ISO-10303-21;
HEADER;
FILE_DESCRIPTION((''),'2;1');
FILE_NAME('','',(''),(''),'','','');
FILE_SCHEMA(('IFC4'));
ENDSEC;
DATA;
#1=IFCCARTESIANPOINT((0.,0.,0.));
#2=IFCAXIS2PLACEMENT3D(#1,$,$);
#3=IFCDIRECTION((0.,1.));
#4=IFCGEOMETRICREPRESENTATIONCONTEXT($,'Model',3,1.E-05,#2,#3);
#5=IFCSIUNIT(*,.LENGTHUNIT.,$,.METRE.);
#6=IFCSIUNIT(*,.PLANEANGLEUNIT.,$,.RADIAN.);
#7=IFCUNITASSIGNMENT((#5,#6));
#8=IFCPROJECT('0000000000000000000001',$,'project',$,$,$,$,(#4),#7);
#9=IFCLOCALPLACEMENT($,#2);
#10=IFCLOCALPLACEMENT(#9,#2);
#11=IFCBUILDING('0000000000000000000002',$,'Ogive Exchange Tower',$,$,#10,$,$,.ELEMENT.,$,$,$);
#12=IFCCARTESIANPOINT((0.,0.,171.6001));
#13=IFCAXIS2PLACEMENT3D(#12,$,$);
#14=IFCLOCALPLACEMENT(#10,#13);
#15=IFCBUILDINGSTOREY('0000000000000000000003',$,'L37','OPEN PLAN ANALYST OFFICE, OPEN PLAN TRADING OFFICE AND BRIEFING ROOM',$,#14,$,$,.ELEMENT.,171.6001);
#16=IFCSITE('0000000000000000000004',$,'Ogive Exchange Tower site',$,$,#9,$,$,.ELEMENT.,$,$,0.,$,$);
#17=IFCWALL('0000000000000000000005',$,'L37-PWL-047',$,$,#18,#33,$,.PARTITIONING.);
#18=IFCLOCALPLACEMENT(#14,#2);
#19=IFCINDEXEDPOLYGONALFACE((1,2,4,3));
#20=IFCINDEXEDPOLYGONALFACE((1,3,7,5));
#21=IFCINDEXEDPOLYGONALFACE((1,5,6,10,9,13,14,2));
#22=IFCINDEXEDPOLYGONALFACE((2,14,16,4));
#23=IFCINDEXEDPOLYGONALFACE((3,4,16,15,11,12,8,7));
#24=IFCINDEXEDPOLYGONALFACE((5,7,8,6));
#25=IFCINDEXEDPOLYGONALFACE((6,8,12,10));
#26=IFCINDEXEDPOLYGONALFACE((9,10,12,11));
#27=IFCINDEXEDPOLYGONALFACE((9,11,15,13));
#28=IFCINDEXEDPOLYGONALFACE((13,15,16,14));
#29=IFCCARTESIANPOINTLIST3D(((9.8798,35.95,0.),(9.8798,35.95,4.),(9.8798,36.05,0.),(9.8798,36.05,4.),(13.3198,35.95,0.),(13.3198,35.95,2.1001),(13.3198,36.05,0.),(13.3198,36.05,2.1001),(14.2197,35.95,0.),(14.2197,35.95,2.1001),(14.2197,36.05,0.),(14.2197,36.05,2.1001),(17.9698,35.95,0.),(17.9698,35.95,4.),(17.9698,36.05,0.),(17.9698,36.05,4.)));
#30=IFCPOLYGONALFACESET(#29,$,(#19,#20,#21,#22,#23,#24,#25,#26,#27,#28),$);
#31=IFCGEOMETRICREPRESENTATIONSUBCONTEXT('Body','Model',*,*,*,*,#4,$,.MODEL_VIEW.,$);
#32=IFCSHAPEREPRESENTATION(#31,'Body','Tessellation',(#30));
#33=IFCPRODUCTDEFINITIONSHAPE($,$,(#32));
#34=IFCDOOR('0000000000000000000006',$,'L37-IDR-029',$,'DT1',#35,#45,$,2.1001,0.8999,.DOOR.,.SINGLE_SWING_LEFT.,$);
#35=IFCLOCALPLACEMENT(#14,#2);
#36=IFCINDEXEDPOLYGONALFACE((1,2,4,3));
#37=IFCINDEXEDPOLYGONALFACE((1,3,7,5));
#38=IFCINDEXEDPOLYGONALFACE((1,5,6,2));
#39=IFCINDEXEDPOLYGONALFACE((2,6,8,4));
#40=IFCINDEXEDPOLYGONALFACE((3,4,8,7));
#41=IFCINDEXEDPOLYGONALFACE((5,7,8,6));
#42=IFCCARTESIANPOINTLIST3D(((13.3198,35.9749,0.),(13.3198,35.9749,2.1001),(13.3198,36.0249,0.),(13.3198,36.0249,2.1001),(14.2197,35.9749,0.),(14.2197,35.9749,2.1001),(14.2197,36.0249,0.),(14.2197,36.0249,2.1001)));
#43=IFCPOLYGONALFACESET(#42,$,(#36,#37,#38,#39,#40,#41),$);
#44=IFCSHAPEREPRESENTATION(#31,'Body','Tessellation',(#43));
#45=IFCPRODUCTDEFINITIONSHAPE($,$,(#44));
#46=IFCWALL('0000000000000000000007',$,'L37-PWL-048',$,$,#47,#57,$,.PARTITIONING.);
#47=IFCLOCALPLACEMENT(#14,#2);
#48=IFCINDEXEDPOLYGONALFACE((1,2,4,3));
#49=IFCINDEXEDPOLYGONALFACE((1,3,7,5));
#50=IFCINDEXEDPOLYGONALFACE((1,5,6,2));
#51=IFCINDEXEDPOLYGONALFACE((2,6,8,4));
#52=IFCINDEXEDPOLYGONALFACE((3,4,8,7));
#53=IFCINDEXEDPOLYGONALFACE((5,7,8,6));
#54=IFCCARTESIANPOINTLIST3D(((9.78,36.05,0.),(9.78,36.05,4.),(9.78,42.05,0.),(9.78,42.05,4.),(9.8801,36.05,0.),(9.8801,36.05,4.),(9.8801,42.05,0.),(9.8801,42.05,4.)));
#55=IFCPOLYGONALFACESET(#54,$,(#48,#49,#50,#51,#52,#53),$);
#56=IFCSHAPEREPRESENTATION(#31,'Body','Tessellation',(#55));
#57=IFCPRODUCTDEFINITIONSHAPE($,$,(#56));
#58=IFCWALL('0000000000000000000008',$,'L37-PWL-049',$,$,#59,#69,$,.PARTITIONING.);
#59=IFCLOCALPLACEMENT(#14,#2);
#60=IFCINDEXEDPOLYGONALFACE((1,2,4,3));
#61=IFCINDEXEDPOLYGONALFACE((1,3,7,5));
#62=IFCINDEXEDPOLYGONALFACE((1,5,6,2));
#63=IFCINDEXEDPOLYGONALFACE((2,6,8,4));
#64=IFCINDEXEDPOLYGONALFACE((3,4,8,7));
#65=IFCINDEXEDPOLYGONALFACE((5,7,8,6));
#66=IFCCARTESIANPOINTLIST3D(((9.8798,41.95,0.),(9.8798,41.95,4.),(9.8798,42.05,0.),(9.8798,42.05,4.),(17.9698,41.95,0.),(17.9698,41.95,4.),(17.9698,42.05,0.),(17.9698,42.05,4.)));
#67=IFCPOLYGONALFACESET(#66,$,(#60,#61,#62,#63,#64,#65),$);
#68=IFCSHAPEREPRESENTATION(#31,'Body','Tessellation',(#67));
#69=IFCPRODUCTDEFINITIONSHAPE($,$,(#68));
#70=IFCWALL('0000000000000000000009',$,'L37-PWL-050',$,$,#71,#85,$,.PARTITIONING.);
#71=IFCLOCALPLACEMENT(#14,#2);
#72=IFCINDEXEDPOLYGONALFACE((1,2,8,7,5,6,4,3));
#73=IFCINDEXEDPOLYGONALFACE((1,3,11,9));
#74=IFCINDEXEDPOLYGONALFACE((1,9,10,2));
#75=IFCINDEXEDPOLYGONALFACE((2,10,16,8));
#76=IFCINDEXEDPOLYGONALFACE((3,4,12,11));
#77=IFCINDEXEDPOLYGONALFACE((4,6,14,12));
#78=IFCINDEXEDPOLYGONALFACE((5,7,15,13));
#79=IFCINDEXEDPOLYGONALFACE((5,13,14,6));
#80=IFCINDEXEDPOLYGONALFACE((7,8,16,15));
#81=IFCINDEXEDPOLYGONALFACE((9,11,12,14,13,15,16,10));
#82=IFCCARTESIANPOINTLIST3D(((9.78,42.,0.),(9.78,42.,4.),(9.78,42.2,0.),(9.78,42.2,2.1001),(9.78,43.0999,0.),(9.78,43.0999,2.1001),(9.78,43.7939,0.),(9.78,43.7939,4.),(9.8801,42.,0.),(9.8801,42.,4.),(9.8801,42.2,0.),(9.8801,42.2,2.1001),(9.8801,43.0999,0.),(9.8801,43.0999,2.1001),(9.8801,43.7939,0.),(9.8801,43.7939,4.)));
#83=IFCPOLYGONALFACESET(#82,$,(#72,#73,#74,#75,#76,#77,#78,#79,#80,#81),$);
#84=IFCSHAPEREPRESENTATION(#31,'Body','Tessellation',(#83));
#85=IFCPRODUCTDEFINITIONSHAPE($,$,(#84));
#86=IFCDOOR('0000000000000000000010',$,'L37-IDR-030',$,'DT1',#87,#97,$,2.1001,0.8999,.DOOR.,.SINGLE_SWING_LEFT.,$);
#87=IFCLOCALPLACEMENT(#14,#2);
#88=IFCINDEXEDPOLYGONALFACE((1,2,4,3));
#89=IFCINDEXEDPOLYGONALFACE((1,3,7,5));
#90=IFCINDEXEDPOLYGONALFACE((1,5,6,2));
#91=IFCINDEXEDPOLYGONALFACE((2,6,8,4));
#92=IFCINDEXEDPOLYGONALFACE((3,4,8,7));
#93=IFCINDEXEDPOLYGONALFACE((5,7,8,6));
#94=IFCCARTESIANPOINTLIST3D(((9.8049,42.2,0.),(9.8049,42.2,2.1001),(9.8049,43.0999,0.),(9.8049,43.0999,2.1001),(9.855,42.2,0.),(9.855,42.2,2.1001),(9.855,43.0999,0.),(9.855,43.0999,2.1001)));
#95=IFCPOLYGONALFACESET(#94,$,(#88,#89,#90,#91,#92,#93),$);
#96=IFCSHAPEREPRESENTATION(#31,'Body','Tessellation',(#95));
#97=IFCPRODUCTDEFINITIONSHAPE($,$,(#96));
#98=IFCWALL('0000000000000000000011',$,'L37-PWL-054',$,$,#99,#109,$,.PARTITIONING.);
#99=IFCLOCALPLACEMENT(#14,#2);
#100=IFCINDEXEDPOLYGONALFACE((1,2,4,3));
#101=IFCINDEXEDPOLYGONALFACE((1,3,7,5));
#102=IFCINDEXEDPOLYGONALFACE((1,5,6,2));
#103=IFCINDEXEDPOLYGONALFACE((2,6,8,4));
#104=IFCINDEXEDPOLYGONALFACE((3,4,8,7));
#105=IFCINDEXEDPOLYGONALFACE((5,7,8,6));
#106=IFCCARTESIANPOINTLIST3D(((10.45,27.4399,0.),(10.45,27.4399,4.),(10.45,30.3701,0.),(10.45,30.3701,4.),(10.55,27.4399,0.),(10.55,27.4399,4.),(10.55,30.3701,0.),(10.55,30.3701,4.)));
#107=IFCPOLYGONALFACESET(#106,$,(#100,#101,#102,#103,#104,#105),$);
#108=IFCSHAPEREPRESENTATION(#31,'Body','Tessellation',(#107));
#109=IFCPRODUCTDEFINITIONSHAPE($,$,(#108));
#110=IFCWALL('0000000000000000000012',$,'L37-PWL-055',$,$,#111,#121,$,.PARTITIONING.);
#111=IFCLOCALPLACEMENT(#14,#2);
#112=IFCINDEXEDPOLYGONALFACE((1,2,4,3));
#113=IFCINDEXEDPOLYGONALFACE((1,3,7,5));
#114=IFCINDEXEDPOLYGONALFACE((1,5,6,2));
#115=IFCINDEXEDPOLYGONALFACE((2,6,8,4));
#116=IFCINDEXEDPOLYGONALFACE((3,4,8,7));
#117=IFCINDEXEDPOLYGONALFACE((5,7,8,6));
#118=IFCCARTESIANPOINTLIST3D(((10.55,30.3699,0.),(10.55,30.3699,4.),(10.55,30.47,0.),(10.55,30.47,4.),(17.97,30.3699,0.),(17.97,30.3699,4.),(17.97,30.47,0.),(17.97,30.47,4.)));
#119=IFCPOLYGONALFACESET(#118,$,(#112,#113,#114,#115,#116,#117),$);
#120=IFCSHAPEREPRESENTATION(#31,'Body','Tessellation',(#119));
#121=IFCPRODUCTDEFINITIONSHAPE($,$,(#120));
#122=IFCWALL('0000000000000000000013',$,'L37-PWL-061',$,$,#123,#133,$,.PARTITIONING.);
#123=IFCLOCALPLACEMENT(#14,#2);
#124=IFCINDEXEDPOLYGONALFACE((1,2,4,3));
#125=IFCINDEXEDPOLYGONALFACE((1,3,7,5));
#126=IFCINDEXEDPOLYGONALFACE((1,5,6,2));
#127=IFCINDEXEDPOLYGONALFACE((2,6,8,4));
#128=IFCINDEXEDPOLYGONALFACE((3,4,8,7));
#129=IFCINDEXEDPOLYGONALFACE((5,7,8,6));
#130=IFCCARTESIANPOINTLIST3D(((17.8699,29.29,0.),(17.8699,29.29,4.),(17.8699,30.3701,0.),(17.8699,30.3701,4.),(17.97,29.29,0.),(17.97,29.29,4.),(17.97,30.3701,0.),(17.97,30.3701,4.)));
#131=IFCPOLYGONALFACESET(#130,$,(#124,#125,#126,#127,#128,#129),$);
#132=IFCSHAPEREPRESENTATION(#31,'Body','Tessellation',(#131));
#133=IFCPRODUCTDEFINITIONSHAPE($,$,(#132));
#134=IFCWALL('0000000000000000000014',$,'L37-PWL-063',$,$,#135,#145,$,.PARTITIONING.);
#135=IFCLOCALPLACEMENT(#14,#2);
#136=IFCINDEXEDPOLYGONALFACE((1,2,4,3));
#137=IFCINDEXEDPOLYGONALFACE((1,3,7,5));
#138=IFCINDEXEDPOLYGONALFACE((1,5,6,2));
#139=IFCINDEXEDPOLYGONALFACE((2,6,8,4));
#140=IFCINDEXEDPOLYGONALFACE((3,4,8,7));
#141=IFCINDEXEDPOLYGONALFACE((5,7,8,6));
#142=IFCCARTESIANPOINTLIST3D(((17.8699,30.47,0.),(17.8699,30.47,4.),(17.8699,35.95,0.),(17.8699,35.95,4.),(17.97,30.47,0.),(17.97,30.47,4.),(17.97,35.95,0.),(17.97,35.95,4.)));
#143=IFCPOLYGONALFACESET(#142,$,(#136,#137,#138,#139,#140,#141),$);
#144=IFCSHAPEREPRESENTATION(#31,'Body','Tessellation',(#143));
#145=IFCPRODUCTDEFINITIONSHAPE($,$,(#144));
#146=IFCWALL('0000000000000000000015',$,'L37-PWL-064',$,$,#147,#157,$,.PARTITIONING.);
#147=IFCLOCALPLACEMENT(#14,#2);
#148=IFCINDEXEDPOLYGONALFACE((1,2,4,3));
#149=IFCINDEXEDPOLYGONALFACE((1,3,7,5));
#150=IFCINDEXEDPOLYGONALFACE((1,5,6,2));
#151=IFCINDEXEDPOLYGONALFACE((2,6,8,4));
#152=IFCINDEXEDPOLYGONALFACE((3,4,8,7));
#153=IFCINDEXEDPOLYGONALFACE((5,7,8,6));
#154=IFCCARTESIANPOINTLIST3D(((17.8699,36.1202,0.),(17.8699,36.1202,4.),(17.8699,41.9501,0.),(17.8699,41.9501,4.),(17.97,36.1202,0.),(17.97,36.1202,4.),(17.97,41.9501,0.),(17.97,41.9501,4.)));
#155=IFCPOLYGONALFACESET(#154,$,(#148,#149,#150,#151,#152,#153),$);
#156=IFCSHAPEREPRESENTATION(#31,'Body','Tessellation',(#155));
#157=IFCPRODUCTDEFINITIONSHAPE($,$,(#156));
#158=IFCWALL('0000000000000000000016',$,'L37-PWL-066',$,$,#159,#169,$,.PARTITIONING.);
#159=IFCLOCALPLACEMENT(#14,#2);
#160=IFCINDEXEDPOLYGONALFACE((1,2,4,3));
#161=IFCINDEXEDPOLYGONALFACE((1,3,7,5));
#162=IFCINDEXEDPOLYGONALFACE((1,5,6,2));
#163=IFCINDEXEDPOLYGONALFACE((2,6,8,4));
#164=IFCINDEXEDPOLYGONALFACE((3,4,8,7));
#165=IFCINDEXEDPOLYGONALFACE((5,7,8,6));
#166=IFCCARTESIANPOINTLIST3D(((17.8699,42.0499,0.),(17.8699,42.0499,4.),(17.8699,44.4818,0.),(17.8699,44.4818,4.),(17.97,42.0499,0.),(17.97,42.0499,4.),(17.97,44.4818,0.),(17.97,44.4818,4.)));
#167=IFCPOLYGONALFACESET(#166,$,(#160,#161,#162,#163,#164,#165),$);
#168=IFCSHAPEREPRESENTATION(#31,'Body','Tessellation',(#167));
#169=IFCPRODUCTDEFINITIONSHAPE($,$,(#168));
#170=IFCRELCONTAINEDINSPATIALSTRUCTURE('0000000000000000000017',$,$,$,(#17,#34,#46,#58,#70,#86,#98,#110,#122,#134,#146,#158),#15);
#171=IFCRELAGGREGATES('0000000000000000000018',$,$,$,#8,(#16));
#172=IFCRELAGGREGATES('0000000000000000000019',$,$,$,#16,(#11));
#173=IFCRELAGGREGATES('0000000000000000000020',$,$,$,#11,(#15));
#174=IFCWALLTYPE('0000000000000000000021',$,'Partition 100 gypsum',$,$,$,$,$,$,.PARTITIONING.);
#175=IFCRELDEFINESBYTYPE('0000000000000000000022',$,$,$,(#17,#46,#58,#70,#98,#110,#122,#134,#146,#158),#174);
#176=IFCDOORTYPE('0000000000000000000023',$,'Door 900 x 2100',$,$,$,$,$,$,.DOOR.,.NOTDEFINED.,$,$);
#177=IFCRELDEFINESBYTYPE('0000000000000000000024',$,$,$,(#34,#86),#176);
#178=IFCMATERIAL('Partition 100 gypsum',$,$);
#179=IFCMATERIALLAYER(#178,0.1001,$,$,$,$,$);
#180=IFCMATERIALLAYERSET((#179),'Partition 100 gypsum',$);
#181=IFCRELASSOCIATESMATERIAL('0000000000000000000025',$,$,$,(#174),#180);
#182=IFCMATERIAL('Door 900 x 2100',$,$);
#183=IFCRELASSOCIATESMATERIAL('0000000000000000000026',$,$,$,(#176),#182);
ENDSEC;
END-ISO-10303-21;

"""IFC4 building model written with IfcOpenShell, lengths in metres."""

from ifc_helpers import new_model, si_unit, direction, frame, frame_2d, origin, place, context, subcontext, project, spatial, rectangle, extrude, material, layer, layer_set, type_object, element, fill, save


model = new_model("IFC4")

# Units and contexts
model_context = context("Model", 3, precision=1e-05, world=origin(), true_north=direction((0.0, 1.0)))
body_context = subcontext(model_context, "Body", "Model", "MODEL_VIEW")
ifc_project = project(units=[si_unit("LENGTHUNIT", "METRE"), si_unit("PLANEANGLEUNIT", "RADIAN")], contexts=[model_context])

# Site, building, storey
site_placement = place(None, origin())
site = spatial("IfcSite", under=ifc_project, at=site_placement, Name="Ogive Exchange Tower site", CompositionType="ELEMENT", RefElevation=0.0)
building_placement = place(site_placement, origin())
building = spatial("IfcBuilding", under=site, at=building_placement, Name="Ogive Exchange Tower", CompositionType="ELEMENT")
storey_placement = place(building_placement, frame((0.0, 0.0, 171.6001)))
storey = spatial("IfcBuildingStorey", under=building, at=storey_placement, Name="L37", Description="OPEN PLAN ANALYST OFFICE, OPEN PLAN TRADING OFFICE AND BRIEFING ROOM", CompositionType="ELEMENT", Elevation=171.6001)

# Shared definitions
ifc_material_1 = material(Name="Partition 100 gypsum")
ifc_layer_1 = layer(ifc_material_1, 0.1001)
ifc_layer_set_1 = layer_set([ifc_layer_1], Name="Partition 100 gypsum")
wall_type_1 = type_object("IfcWallType", Name="Partition 100 gypsum", PredefinedType="PARTITIONING", material=ifc_layer_set_1)

# Wall, opening, door
wall_1_placement = place(storey_placement, frame((9.8799, 36.0, 0.0), z_axis=(0.0, 0.0, 1.0), x_axis=(1.0, 0.0, 0.0)))
wall_1 = element("IfcWall", 1, at=wall_1_placement, inside=storey, type_object=wall_type_1, Name="L37-PWL-047", PredefinedType="PARTITIONING", context=body_context, shape_type="SweptSolid", body=[
    extrude(rectangle(XDim=8.0901, YDim=0.1001, at=frame_2d((4.0449, 0.0))), origin(), (0.0, 0.0, 1.0), 4.0),
])
opening_1_placement = place(wall_1_placement, frame((3.4399, 0.0, 0.0)))
opening_1 = element("IfcOpeningElement", 2, at=opening_1_placement, cuts=wall_1, PredefinedType="OPENING", context=body_context, shape_type="SweptSolid", body=[
    extrude(rectangle(XDim=0.8999, YDim=2.1001, at=frame_2d((0.45, 1.05))), frame((0.0, 0.0601, 0.0), z_axis=(0.0, -1.0, 0.0), x_axis=(1.0, 0.0, 0.0)), (0.0, 0.0, 1.0), 0.1201),
])
ifc_material_2 = material(Name="Door 900 x 2100")
door_type_1 = type_object("IfcDoorType", Name="Door 900 x 2100", OperationType="NOTDEFINED", PredefinedType="DOOR", material=ifc_material_2)
door_1_placement = place(opening_1_placement, origin())
door_1 = element("IfcDoor", 3, at=door_1_placement, inside=storey, type_object=door_type_1, Name="L37-IDR-029", ObjectType="DT1", OperationType="SINGLE_SWING_LEFT", OverallHeight=2.1001, OverallWidth=0.8999, PredefinedType="DOOR", context=body_context, shape_type="SweptSolid", body=[
    extrude(rectangle(XDim=0.8999, YDim=2.1001, at=frame_2d((0.45, 1.05))), frame((0.0, 0.0249, 0.0), z_axis=(0.0, -1.0, 0.0), x_axis=(1.0, 0.0, 0.0)), (0.0, 0.0, 1.0), 0.05),
])
fill(opening_1, door_1)

# Walls
wall_2_placement = place(storey_placement, frame((9.8301, 42.05, 0.0), z_axis=(0.0, 0.0, 1.0), x_axis=(0.0, -1.0, 0.0)))
element("IfcWall", 4, at=wall_2_placement, inside=storey, type_object=wall_type_1, Name="L37-PWL-048", PredefinedType="PARTITIONING", context=body_context, shape_type="SweptSolid", body=[
    extrude(rectangle(XDim=6.0, YDim=0.1001, at=frame_2d((3.0, 0.0))), origin(), (0.0, 0.0, 1.0), 4.0),
])
wall_3_placement = place(storey_placement, frame((9.8799, 42.0, 0.0), z_axis=(0.0, 0.0, 1.0), x_axis=(1.0, 0.0, 0.0)))
element("IfcWall", 5, at=wall_3_placement, inside=storey, type_object=wall_type_1, Name="L37-PWL-049", PredefinedType="PARTITIONING", context=body_context, shape_type="SweptSolid", body=[
    extrude(rectangle(XDim=8.0901, YDim=0.1001, at=frame_2d((4.0449, 0.0))), origin(), (0.0, 0.0, 1.0), 4.0),
])

# Wall, opening, door
wall_4_placement = place(storey_placement, frame((9.8301, 43.7939, 0.0), z_axis=(0.0, 0.0, 1.0), x_axis=(0.0, -1.0, 0.0)))
wall_4 = element("IfcWall", 6, at=wall_4_placement, inside=storey, type_object=wall_type_1, Name="L37-PWL-050", PredefinedType="PARTITIONING", context=body_context, shape_type="SweptSolid", body=[
    extrude(rectangle(XDim=1.7939, YDim=0.1001, at=frame_2d((0.897, 0.0))), origin(), (0.0, 0.0, 1.0), 4.0),
])
opening_2_placement = place(wall_4_placement, frame((0.6941, 0.0, 0.0)))
opening_2 = element("IfcOpeningElement", 7, at=opening_2_placement, cuts=wall_4, PredefinedType="OPENING", context=body_context, shape_type="SweptSolid", body=[
    extrude(rectangle(XDim=0.8999, YDim=2.1001, at=frame_2d((0.45, 1.05))), frame((0.0, 0.0601, 0.0), z_axis=(0.0, -1.0, 0.0), x_axis=(1.0, 0.0, 0.0)), (0.0, 0.0, 1.0), 0.1201),
])
door_2_placement = place(opening_2_placement, origin())
door_2 = element("IfcDoor", 8, at=door_2_placement, inside=storey, type_object=door_type_1, Name="L37-IDR-030", ObjectType="DT1", OperationType="SINGLE_SWING_LEFT", OverallHeight=2.1001, OverallWidth=0.8999, PredefinedType="DOOR", context=body_context, shape_type="SweptSolid", body=[
    extrude(rectangle(XDim=0.8999, YDim=2.1001, at=frame_2d((0.45, 1.05))), frame((0.0, 0.0249, 0.0), z_axis=(0.0, -1.0, 0.0), x_axis=(1.0, 0.0, 0.0)), (0.0, 0.0, 1.0), 0.05),
])
fill(opening_2, door_2)

# Walls
wall_5_placement = place(storey_placement, frame((10.5, 30.3701, 0.0), z_axis=(0.0, 0.0, 1.0), x_axis=(0.0, -1.0, 0.0)))
element("IfcWall", 9, at=wall_5_placement, inside=storey, type_object=wall_type_1, Name="L37-PWL-054", PredefinedType="PARTITIONING", context=body_context, shape_type="SweptSolid", body=[
    extrude(rectangle(XDim=2.9302, YDim=0.1001, at=frame_2d((1.4651, 0.0))), origin(), (0.0, 0.0, 1.0), 4.0),
])
wall_6_placement = place(storey_placement, frame((10.55, 30.4199, 0.0), z_axis=(0.0, 0.0, 1.0), x_axis=(1.0, 0.0, 0.0)))
element("IfcWall", 10, at=wall_6_placement, inside=storey, type_object=wall_type_1, Name="L37-PWL-055", PredefinedType="PARTITIONING", context=body_context, shape_type="SweptSolid", body=[
    extrude(rectangle(XDim=7.4199, YDim=0.1001, at=frame_2d((3.71, 0.0))), origin(), (0.0, 0.0, 1.0), 4.0),
])
wall_7_placement = place(storey_placement, frame((17.9199, 29.29, 0.0), z_axis=(0.0, 0.0, 1.0), x_axis=(0.0, 1.0, 0.0)))
element("IfcWall", 11, at=wall_7_placement, inside=storey, type_object=wall_type_1, Name="L37-PWL-061", PredefinedType="PARTITIONING", context=body_context, shape_type="SweptSolid", body=[
    extrude(rectangle(XDim=1.0801, YDim=0.1001, at=frame_2d((0.54, 0.0))), origin(), (0.0, 0.0, 1.0), 4.0),
])
wall_8_placement = place(storey_placement, frame((17.9199, 30.47, 0.0), z_axis=(0.0, 0.0, 1.0), x_axis=(0.0, 1.0, 0.0)))
element("IfcWall", 12, at=wall_8_placement, inside=storey, type_object=wall_type_1, Name="L37-PWL-063", PredefinedType="PARTITIONING", context=body_context, shape_type="SweptSolid", body=[
    extrude(rectangle(XDim=5.48, YDim=0.1001, at=frame_2d((2.74, 0.0))), origin(), (0.0, 0.0, 1.0), 4.0),
])
wall_9_placement = place(storey_placement, frame((17.9199, 36.1201, 0.0), z_axis=(0.0, 0.0, 1.0), x_axis=(0.0, 1.0, 0.0)))
element("IfcWall", 13, at=wall_9_placement, inside=storey, type_object=wall_type_1, Name="L37-PWL-064", PredefinedType="PARTITIONING", context=body_context, shape_type="SweptSolid", body=[
    extrude(rectangle(XDim=5.8298, YDim=0.1001, at=frame_2d((2.915, 0.0))), origin(), (0.0, 0.0, 1.0), 4.0),
])
wall_10_placement = place(storey_placement, frame((17.9199, 42.05, 0.0), z_axis=(0.0, 0.0, 1.0), x_axis=(0.0, 1.0, 0.0)))
element("IfcWall", 14, at=wall_10_placement, inside=storey, type_object=wall_type_1, Name="L37-PWL-066", PredefinedType="PARTITIONING", context=body_context, shape_type="SweptSolid", body=[
    extrude(rectangle(XDim=2.4319, YDim=0.1001, at=frame_2d((1.2158, 0.0))), origin(), (0.0, 0.0, 1.0), 4.0),
])

save(model, "model.ifc")
